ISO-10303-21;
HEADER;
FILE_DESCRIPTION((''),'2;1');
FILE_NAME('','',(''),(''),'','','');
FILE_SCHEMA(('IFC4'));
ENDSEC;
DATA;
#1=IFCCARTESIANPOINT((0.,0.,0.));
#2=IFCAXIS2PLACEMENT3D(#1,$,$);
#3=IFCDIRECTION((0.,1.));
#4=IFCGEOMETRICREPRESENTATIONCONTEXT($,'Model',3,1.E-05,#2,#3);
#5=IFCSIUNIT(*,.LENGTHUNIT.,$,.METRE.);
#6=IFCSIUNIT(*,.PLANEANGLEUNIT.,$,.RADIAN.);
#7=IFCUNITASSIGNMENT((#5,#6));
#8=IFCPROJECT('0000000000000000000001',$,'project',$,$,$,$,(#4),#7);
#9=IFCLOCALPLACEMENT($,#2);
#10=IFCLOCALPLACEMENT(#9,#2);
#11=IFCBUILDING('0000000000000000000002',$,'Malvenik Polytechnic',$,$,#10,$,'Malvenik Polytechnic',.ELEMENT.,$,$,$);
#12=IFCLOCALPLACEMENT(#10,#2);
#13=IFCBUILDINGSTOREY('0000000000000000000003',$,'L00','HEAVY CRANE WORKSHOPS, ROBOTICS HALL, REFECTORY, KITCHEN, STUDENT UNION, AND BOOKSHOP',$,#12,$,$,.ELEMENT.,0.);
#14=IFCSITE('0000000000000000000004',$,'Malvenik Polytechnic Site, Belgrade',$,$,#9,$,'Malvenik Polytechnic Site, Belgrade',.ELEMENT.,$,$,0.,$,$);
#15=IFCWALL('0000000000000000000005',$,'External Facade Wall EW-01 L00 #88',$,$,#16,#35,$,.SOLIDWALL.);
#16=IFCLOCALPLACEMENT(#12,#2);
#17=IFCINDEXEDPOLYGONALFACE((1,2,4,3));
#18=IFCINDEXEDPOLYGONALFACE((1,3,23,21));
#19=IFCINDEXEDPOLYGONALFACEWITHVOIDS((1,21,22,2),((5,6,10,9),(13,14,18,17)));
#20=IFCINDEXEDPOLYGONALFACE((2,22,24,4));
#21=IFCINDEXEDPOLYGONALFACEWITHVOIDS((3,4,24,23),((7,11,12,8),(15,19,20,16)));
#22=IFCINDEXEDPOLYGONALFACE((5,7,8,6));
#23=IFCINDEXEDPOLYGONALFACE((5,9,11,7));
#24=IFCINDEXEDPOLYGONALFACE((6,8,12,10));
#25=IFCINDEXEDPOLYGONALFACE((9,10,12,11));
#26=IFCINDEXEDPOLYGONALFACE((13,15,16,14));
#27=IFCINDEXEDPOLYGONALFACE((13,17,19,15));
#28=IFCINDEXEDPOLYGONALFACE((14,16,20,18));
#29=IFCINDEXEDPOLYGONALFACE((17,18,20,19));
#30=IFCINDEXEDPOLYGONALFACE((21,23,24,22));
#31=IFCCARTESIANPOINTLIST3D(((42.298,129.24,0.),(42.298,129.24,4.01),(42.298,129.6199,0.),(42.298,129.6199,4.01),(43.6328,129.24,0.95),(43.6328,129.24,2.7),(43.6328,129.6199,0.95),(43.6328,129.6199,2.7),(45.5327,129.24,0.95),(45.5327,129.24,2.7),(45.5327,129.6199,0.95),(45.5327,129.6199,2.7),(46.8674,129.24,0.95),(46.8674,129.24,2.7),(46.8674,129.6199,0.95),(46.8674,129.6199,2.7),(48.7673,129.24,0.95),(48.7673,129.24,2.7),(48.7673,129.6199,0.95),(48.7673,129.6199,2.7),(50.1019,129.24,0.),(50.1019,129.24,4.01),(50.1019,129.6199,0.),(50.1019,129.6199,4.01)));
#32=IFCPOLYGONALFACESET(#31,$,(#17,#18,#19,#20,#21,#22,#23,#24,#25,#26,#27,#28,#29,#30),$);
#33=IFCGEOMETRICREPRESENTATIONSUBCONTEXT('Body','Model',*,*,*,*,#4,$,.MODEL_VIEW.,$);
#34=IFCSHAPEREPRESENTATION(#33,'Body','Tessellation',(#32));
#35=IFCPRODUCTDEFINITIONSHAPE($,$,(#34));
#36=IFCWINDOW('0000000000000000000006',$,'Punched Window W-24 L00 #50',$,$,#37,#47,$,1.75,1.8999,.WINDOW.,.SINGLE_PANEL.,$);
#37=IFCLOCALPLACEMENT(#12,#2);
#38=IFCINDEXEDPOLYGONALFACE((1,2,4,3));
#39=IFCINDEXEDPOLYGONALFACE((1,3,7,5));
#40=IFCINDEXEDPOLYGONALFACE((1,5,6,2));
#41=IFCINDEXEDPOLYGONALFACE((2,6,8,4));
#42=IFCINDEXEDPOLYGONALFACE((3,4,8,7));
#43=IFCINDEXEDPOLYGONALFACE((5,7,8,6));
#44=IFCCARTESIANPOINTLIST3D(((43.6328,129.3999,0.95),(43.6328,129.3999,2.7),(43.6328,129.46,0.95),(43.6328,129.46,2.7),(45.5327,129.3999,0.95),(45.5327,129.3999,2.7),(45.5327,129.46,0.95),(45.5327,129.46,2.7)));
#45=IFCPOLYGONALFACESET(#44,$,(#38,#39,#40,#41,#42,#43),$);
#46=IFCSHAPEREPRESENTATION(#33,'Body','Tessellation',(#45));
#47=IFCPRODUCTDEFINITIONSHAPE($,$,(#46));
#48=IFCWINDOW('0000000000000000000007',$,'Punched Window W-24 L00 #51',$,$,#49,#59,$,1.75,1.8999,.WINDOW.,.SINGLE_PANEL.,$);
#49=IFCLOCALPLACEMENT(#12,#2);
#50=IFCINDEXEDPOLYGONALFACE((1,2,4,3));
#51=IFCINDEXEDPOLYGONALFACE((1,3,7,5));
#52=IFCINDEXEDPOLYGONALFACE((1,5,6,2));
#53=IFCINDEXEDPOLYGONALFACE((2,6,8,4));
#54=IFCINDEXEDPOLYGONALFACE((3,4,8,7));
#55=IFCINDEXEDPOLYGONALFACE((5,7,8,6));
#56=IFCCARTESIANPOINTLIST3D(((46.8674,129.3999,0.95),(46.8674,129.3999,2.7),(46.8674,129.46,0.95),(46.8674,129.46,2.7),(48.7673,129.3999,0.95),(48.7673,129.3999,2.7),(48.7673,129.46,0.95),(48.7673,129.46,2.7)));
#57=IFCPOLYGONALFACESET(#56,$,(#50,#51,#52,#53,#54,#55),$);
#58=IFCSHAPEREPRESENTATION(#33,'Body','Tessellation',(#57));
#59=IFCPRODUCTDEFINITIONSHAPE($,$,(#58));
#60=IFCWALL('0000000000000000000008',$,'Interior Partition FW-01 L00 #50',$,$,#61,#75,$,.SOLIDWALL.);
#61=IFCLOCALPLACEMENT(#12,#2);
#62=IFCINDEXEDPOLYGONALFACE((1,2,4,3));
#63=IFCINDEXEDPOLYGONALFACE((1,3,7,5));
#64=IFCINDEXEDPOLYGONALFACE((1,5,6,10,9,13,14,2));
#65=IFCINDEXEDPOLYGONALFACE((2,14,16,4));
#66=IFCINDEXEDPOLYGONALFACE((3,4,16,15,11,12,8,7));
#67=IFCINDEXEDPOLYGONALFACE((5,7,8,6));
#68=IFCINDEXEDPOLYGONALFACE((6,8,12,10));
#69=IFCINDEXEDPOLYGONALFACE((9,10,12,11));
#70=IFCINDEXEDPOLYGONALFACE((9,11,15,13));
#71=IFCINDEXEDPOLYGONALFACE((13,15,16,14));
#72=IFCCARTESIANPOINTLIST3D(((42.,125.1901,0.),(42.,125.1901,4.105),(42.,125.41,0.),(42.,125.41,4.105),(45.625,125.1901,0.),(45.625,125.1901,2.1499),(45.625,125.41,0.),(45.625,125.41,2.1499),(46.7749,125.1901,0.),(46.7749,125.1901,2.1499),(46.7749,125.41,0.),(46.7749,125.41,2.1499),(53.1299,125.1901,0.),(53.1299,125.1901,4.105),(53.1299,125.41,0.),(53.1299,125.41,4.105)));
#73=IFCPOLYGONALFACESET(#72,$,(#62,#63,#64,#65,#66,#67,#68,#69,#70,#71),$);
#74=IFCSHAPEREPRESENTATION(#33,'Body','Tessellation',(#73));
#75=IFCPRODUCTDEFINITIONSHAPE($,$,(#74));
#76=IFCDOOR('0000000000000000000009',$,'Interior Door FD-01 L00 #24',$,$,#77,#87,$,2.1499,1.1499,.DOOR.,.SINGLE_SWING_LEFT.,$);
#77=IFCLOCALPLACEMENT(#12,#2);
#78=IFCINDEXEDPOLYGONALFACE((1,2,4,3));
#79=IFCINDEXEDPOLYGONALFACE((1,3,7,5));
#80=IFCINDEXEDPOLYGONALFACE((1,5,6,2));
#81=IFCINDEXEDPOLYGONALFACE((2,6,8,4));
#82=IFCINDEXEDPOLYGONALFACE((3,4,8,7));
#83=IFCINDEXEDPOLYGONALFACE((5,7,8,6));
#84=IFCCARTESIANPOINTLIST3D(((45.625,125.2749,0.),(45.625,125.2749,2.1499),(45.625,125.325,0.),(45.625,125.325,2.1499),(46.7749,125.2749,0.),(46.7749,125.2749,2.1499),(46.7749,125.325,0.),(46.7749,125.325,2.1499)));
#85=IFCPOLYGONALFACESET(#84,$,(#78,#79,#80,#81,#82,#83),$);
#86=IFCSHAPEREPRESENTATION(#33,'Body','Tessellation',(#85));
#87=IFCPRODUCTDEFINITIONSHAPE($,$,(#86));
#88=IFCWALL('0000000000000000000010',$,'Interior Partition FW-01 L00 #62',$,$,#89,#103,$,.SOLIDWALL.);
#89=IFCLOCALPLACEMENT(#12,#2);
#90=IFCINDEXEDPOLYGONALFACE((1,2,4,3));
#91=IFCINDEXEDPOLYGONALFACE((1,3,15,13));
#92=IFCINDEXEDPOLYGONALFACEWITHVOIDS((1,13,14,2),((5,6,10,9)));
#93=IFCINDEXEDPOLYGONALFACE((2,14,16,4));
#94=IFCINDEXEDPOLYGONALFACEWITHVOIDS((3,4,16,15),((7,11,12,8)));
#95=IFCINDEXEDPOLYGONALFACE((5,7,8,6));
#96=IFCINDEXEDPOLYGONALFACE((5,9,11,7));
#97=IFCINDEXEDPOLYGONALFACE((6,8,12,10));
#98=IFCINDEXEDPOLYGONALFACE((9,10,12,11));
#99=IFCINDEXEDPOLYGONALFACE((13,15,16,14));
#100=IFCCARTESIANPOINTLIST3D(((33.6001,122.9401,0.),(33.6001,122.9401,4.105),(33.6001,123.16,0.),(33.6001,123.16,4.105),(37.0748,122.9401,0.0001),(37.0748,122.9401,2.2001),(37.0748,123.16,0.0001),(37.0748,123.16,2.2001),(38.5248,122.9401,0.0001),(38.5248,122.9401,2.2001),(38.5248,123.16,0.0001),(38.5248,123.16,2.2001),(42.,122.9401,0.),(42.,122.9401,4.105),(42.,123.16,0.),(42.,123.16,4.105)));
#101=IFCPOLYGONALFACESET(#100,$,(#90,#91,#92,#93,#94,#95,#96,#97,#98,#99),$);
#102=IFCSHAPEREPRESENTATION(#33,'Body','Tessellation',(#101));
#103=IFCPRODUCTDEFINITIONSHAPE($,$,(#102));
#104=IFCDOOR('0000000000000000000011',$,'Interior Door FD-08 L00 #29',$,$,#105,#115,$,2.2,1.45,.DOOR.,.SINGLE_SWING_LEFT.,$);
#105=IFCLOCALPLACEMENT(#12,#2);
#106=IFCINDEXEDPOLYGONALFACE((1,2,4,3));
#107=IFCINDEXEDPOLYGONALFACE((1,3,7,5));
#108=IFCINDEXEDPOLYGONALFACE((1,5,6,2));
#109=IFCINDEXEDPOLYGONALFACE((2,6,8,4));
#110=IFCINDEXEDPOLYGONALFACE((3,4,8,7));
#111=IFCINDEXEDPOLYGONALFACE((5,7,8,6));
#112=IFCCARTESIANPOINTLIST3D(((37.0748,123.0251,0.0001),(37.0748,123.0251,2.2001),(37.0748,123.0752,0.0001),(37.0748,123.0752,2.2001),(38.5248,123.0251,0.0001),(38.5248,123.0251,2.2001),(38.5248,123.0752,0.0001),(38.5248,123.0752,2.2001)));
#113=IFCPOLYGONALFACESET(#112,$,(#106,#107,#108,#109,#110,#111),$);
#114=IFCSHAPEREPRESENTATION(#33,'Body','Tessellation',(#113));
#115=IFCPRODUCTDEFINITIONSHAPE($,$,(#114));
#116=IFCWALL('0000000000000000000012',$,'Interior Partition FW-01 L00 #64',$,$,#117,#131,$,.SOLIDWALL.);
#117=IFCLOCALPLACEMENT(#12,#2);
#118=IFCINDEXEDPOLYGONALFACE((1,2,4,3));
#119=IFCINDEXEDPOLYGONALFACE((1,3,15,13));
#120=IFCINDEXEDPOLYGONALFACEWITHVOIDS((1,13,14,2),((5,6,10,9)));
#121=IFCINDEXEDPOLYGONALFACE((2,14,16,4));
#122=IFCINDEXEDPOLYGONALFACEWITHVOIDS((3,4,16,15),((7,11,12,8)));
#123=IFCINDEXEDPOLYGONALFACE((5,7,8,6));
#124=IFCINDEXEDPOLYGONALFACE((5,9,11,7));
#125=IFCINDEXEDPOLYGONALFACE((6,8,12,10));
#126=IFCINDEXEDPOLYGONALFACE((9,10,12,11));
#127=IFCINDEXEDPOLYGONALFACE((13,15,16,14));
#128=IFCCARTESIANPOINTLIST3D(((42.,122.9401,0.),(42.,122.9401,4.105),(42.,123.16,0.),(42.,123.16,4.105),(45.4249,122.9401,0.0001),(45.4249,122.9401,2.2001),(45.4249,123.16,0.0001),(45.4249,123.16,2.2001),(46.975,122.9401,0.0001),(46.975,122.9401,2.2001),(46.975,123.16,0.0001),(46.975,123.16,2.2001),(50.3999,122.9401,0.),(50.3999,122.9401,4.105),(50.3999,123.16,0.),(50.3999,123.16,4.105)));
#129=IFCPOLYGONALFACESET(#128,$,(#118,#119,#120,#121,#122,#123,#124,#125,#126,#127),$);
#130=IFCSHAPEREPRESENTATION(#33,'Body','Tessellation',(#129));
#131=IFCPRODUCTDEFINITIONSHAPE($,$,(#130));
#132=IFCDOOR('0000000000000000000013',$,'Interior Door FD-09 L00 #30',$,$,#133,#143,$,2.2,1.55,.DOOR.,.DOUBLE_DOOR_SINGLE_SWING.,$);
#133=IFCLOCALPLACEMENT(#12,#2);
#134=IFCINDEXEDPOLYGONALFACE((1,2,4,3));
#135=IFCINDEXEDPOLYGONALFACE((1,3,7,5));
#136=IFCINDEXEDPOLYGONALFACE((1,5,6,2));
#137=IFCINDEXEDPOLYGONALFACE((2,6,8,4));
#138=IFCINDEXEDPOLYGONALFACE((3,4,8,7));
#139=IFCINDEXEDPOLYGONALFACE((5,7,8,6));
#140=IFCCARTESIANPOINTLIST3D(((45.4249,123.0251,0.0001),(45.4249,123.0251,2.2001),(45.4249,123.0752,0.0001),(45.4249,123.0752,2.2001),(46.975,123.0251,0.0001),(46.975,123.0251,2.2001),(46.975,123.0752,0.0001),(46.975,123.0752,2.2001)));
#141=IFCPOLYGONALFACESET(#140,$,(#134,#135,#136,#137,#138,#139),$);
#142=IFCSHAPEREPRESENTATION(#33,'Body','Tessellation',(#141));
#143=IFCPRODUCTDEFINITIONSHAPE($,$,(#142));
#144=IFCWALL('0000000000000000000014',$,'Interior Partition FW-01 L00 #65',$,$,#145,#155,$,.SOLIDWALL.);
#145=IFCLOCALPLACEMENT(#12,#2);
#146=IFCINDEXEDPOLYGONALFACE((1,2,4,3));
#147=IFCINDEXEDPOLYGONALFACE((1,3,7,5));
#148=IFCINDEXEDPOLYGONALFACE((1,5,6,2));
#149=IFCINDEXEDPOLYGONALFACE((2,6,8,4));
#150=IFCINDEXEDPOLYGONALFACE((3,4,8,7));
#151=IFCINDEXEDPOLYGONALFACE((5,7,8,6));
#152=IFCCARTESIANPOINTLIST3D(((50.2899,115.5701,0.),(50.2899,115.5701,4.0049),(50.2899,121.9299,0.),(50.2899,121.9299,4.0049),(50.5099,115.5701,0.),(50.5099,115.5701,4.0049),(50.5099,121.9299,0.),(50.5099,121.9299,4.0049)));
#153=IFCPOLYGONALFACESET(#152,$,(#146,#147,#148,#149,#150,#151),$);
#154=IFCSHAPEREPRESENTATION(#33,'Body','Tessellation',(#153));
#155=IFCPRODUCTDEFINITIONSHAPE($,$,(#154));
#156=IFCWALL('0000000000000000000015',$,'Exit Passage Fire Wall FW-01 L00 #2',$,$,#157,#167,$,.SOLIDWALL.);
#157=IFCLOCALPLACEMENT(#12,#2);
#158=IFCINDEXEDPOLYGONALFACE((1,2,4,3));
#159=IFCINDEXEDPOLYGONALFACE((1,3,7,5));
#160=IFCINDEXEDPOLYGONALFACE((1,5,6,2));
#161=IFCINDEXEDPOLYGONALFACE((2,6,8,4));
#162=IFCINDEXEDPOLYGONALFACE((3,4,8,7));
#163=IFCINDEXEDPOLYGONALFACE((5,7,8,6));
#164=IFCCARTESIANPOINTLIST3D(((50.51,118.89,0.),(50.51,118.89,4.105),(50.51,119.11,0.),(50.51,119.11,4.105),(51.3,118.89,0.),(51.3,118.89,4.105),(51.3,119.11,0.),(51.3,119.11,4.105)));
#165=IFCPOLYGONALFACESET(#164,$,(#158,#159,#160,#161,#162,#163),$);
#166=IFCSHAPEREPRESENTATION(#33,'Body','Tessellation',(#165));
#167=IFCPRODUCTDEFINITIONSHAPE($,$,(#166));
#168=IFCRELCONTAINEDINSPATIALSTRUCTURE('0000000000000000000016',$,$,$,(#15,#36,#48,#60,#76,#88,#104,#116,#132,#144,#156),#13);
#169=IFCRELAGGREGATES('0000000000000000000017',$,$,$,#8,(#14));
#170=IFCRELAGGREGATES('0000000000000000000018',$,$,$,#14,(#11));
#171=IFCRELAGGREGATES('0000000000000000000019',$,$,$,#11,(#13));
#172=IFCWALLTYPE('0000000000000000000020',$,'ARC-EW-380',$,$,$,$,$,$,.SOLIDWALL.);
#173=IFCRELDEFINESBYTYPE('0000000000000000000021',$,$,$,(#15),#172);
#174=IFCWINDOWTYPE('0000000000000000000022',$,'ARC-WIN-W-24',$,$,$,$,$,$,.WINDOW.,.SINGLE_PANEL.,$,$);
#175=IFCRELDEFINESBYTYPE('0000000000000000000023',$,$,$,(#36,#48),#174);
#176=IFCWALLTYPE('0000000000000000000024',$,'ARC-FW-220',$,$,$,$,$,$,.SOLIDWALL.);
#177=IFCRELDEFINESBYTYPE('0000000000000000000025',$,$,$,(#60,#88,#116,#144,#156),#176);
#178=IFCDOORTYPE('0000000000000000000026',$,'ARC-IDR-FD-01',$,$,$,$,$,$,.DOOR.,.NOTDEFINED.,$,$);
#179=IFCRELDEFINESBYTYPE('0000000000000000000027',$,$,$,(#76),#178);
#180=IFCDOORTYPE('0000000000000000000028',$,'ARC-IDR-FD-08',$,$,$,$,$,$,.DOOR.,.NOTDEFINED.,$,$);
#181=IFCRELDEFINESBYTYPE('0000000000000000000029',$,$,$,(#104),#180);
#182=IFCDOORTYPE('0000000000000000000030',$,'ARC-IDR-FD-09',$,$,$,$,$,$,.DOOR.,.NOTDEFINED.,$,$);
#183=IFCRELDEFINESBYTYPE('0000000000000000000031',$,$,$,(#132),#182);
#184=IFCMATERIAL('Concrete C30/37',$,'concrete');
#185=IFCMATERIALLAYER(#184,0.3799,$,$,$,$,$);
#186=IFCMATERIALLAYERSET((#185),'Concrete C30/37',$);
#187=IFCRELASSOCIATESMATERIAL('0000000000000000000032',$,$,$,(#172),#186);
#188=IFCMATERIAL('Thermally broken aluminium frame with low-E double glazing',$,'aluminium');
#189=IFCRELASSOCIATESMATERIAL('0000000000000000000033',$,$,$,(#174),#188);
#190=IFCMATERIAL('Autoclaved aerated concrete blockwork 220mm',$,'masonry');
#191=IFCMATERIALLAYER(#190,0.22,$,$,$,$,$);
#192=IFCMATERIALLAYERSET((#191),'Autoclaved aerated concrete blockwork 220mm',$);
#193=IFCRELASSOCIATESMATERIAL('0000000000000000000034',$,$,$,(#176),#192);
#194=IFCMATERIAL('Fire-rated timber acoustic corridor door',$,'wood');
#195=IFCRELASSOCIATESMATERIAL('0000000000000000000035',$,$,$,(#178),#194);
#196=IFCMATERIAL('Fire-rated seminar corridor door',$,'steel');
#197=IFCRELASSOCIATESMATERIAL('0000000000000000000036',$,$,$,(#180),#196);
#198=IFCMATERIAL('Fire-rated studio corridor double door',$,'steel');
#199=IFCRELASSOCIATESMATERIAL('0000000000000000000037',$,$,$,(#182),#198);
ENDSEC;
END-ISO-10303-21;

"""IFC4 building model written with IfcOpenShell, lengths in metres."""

from ifc_helpers import new_model, si_unit, direction, frame, frame_2d, origin, place, context, subcontext, project, spatial, rectangle, extrude, material, layer, layer_set, type_object, element, fill, save


model = new_model("IFC4")

# Units and contexts
model_context = context("Model", 3, precision=1e-05, world=origin(), true_north=direction((0.0, 1.0)))
body_context = subcontext(model_context, "Body", "Model", "MODEL_VIEW")
ifc_project = project(units=[si_unit("LENGTHUNIT", "METRE"), si_unit("PLANEANGLEUNIT", "RADIAN")], contexts=[model_context])

# Site, building, storey
site_placement = place(None, origin())
site = spatial("IfcSite", under=ifc_project, at=site_placement, Name="Malvenik Polytechnic Site, Belgrade", LongName="Malvenik Polytechnic Site, Belgrade", CompositionType="ELEMENT", RefElevation=0.0)
building_placement = place(site_placement, origin())
building = spatial("IfcBuilding", under=site, at=building_placement, Name="Malvenik Polytechnic", LongName="Malvenik Polytechnic", CompositionType="ELEMENT")
storey_placement = place(building_placement, origin())
storey = spatial("IfcBuildingStorey", under=building, at=storey_placement, Name="L00", Description="HEAVY CRANE WORKSHOPS, ROBOTICS HALL, REFECTORY, KITCHEN, STUDENT UNION, AND BOOKSHOP", CompositionType="ELEMENT", Elevation=0.0)

# Shared definitions
ifc_material_1 = material(Name="Concrete C30/37", Category="concrete")

# Wall, openings, windows
ifc_layer_1 = layer(ifc_material_1, 0.3799)
ifc_layer_set_1 = layer_set([ifc_layer_1], Name="Concrete C30/37")
wall_type_1 = type_object("IfcWallType", Name="ARC-EW-380", PredefinedType="SOLIDWALL", material=ifc_layer_set_1)
wall_1_placement = place(storey_placement, frame((42.2981, 129.4299, 0.0), z_axis=(0.0, 0.0, 1.0), x_axis=(1.0, 0.0, 0.0)))
wall_1 = element("IfcWall", 1, at=wall_1_placement, inside=storey, type_object=wall_type_1, Name="External Facade Wall EW-01 L00 #88", PredefinedType="SOLIDWALL", context=body_context, shape_type="SweptSolid", body=[
    extrude(rectangle(XDim=7.804, YDim=0.3799, at=frame_2d((3.9019, 0.0))), origin(), (0.0, 0.0, 1.0), 4.01),
])
opening_1_placement = place(wall_1_placement, frame((1.3347, 0.0, 0.95)))
opening_1 = element("IfcOpeningElement", 2, at=opening_1_placement, cuts=wall_1, PredefinedType="OPENING", context=body_context, shape_type="SweptSolid", body=[
    extrude(rectangle(XDim=1.8999, YDim=1.75, at=frame_2d((0.95, 0.875))), frame((0.0, 0.2, 0.0), z_axis=(0.0, -1.0, 0.0), x_axis=(1.0, 0.0, 0.0)), (0.0, 0.0, 1.0), 0.3999),
])
opening_2_placement = place(wall_1_placement, frame((4.5693, 0.0, 0.95)))
opening_2 = element("IfcOpeningElement", 3, at=opening_2_placement, cuts=wall_1, PredefinedType="OPENING", context=body_context, shape_type="SweptSolid", body=[
    extrude(rectangle(XDim=1.8999, YDim=1.75, at=frame_2d((0.95, 0.875))), frame((0.0, 0.2, 0.0), z_axis=(0.0, -1.0, 0.0), x_axis=(1.0, 0.0, 0.0)), (0.0, 0.0, 1.0), 0.3999),
])
ifc_material_2 = material(Name="Thermally broken aluminium frame with low-E double glazing", Category="aluminium")
window_type = type_object("IfcWindowType", Name="ARC-WIN-W-24", PartitioningType="SINGLE_PANEL", PredefinedType="WINDOW", material=ifc_material_2)
window_1_placement = place(opening_1_placement, origin())
window_1 = element("IfcWindow", 4, at=window_1_placement, inside=storey, type_object=window_type, Name="Punched Window W-24 L00 #50", OverallHeight=1.75, OverallWidth=1.8999, PartitioningType="SINGLE_PANEL", PredefinedType="WINDOW", context=body_context, shape_type="SweptSolid", body=[
    extrude(rectangle(XDim=1.8999, YDim=1.75, at=frame_2d((0.95, 0.875))), frame((0.0, 0.03, 0.0), z_axis=(0.0, -1.0, 0.0), x_axis=(1.0, 0.0, 0.0)), (0.0, 0.0, 1.0), 0.0601),
])
fill(opening_1, window_1)
window_2_placement = place(opening_2_placement, origin())
window_2 = element("IfcWindow", 5, at=window_2_placement, inside=storey, type_object=window_type, Name="Punched Window W-24 L00 #51", OverallHeight=1.75, OverallWidth=1.8999, PartitioningType="SINGLE_PANEL", PredefinedType="WINDOW", context=body_context, shape_type="SweptSolid", body=[
    extrude(rectangle(XDim=1.8999, YDim=1.75, at=frame_2d((0.95, 0.875))), frame((0.0, 0.03, 0.0), z_axis=(0.0, -1.0, 0.0), x_axis=(1.0, 0.0, 0.0)), (0.0, 0.0, 1.0), 0.0601),
])
fill(opening_2, window_2)

# Walls, openings, doors
ifc_material_3 = material(Name="Autoclaved aerated concrete blockwork 220mm", Category="masonry")
ifc_layer_2 = layer(ifc_material_3, 0.22)
ifc_layer_set_2 = layer_set([ifc_layer_2], Name="Autoclaved aerated concrete blockwork 220mm")
wall_type_2 = type_object("IfcWallType", Name="ARC-FW-220", PredefinedType="SOLIDWALL", material=ifc_layer_set_2)
wall_2_placement = place(storey_placement, frame((42.0, 125.3, 0.0), z_axis=(0.0, 0.0, 1.0), x_axis=(1.0, 0.0, 0.0)))
wall_2 = element("IfcWall", 6, at=wall_2_placement, inside=storey, type_object=wall_type_2, Name="Interior Partition FW-01 L00 #50", PredefinedType="SOLIDWALL", context=body_context, shape_type="SweptSolid", body=[
    extrude(rectangle(XDim=11.1299, YDim=0.22, at=frame_2d((5.5649, 0.0))), origin(), (0.0, 0.0, 1.0), 4.105),
])
opening_3_placement = place(wall_2_placement, frame((3.625, 0.0, 0.0)))
opening_3 = element("IfcOpeningElement", 7, at=opening_3_placement, cuts=wall_2, PredefinedType="OPENING", context=body_context, shape_type="SweptSolid", body=[
    extrude(rectangle(XDim=1.1499, YDim=2.1499, at=frame_2d((0.575, 1.075))), frame((0.0, 0.1201, 0.0), z_axis=(0.0, -1.0, 0.0), x_axis=(1.0, 0.0, 0.0)), (0.0, 0.0, 1.0), 0.24),
])
ifc_material_4 = material(Name="Fire-rated timber acoustic corridor door", Category="wood")
door_type_1 = type_object("IfcDoorType", Name="ARC-IDR-FD-01", OperationType="NOTDEFINED", PredefinedType="DOOR", material=ifc_material_4)
door_1_placement = place(opening_3_placement, origin())
door_1 = element("IfcDoor", 8, at=door_1_placement, inside=storey, type_object=door_type_1, Name="Interior Door FD-01 L00 #24", OperationType="SINGLE_SWING_LEFT", OverallHeight=2.1499, OverallWidth=1.1499, PredefinedType="DOOR", context=body_context, shape_type="SweptSolid", body=[
    extrude(rectangle(XDim=1.1499, YDim=2.1499, at=frame_2d((0.575, 1.075))), frame((0.0, 0.0249, 0.0), z_axis=(0.0, -1.0, 0.0), x_axis=(1.0, 0.0, 0.0)), (0.0, 0.0, 1.0), 0.05),
])
fill(opening_3, door_1)
wall_3_placement = place(storey_placement, frame((42.0, 123.05, 0.0), z_axis=(0.0, 0.0, 1.0), x_axis=(-1.0, 0.0, 0.0)))
wall_3 = element("IfcWall", 9, at=wall_3_placement, inside=storey, type_object=wall_type_2, Name="Interior Partition FW-01 L00 #62", PredefinedType="SOLIDWALL", context=body_context, shape_type="SweptSolid", body=[
    extrude(rectangle(XDim=8.3999, YDim=0.22, at=frame_2d((4.2, 0.0))), origin(), (0.0, 0.0, 1.0), 4.105),
])
opening_4_placement = place(wall_3_placement, frame((3.4751, 0.0, 0.0)))
opening_4 = element("IfcOpeningElement", 10, at=opening_4_placement, cuts=wall_3, PredefinedType="OPENING", context=body_context, shape_type="SweptSolid", body=[
    extrude(rectangle(XDim=1.45, YDim=2.2, at=frame_2d((0.7251, 1.1001))), frame((0.0, 0.1201, 0.0), z_axis=(0.0, -1.0, 0.0), x_axis=(1.0, 0.0, 0.0)), (0.0, 0.0, 1.0), 0.24),
])
ifc_material_5 = material(Name="Fire-rated seminar corridor door", Category="steel")
door_type_2 = type_object("IfcDoorType", Name="ARC-IDR-FD-08", OperationType="NOTDEFINED", PredefinedType="DOOR", material=ifc_material_5)
door_2_placement = place(opening_4_placement, origin())
door_2 = element("IfcDoor", 11, at=door_2_placement, inside=storey, type_object=door_type_2, Name="Interior Door FD-08 L00 #29", OperationType="SINGLE_SWING_LEFT", OverallHeight=2.2, OverallWidth=1.45, PredefinedType="DOOR", context=body_context, shape_type="SweptSolid", body=[
    extrude(rectangle(XDim=1.45, YDim=2.2, at=frame_2d((0.7251, 1.1001))), frame((0.0, 0.0249, 0.0), z_axis=(0.0, -1.0, 0.0), x_axis=(1.0, 0.0, 0.0)), (0.0, 0.0, 1.0), 0.05),
])
fill(opening_4, door_2)
wall_4_placement = place(storey_placement, frame((50.3999, 123.05, 0.0), z_axis=(0.0, 0.0, 1.0), x_axis=(-1.0, 0.0, 0.0)))
wall_4 = element("IfcWall", 12, at=wall_4_placement, inside=storey, type_object=wall_type_2, Name="Interior Partition FW-01 L00 #64", PredefinedType="SOLIDWALL", context=body_context, shape_type="SweptSolid", body=[
    extrude(rectangle(XDim=8.3999, YDim=0.22, at=frame_2d((4.2, 0.0))), origin(), (0.0, 0.0, 1.0), 4.105),
])
opening_5_placement = place(wall_4_placement, frame((3.425, 0.0, 0.0)))
opening_5 = element("IfcOpeningElement", 13, at=opening_5_placement, cuts=wall_4, PredefinedType="OPENING", context=body_context, shape_type="SweptSolid", body=[
    extrude(rectangle(XDim=1.55, YDim=2.2, at=frame_2d((0.7749, 1.1001))), frame((0.0, 0.1201, 0.0), z_axis=(0.0, -1.0, 0.0), x_axis=(1.0, 0.0, 0.0)), (0.0, 0.0, 1.0), 0.24),
])
ifc_material_6 = material(Name="Fire-rated studio corridor double door", Category="steel")
door_type_3 = type_object("IfcDoorType", Name="ARC-IDR-FD-09", OperationType="NOTDEFINED", PredefinedType="DOOR", material=ifc_material_6)
door_3_placement = place(opening_5_placement, origin())
door_3 = element("IfcDoor", 14, at=door_3_placement, inside=storey, type_object=door_type_3, Name="Interior Door FD-09 L00 #30", OperationType="DOUBLE_DOOR_SINGLE_SWING", OverallHeight=2.2, OverallWidth=1.55, PredefinedType="DOOR", context=body_context, shape_type="SweptSolid", body=[
    extrude(rectangle(XDim=1.55, YDim=2.2, at=frame_2d((0.7749, 1.1001))), frame((0.0, 0.0249, 0.0), z_axis=(0.0, -1.0, 0.0), x_axis=(1.0, 0.0, 0.0)), (0.0, 0.0, 1.0), 0.05),
])
fill(opening_5, door_3)

# Walls
wall_5_placement = place(storey_placement, frame((50.3999, 115.5701, 0.0), z_axis=(0.0, 0.0, 1.0), x_axis=(0.0, 1.0, 0.0)))
element("IfcWall", 15, at=wall_5_placement, inside=storey, type_object=wall_type_2, Name="Interior Partition FW-01 L00 #65", PredefinedType="SOLIDWALL", context=body_context, shape_type="SweptSolid", body=[
    extrude(rectangle(XDim=6.3599, YDim=0.22, at=frame_2d((3.1799, 0.0))), origin(), (0.0, 0.0, 1.0), 4.0049),
])
wall_6_placement = place(storey_placement, frame((50.51, 119.0, 0.0), z_axis=(0.0, 0.0, 1.0), x_axis=(1.0, 0.0, 0.0)))
element("IfcWall", 16, at=wall_6_placement, inside=storey, type_object=wall_type_2, Name="Exit Passage Fire Wall FW-01 L00 #2", PredefinedType="SOLIDWALL", context=body_context, shape_type="SweptSolid", body=[
    extrude(rectangle(XDim=0.79, YDim=0.22, at=frame_2d((0.395, 0.0))), origin(), (0.0, 0.0, 1.0), 4.105),
])

save(model, "model.ifc")
